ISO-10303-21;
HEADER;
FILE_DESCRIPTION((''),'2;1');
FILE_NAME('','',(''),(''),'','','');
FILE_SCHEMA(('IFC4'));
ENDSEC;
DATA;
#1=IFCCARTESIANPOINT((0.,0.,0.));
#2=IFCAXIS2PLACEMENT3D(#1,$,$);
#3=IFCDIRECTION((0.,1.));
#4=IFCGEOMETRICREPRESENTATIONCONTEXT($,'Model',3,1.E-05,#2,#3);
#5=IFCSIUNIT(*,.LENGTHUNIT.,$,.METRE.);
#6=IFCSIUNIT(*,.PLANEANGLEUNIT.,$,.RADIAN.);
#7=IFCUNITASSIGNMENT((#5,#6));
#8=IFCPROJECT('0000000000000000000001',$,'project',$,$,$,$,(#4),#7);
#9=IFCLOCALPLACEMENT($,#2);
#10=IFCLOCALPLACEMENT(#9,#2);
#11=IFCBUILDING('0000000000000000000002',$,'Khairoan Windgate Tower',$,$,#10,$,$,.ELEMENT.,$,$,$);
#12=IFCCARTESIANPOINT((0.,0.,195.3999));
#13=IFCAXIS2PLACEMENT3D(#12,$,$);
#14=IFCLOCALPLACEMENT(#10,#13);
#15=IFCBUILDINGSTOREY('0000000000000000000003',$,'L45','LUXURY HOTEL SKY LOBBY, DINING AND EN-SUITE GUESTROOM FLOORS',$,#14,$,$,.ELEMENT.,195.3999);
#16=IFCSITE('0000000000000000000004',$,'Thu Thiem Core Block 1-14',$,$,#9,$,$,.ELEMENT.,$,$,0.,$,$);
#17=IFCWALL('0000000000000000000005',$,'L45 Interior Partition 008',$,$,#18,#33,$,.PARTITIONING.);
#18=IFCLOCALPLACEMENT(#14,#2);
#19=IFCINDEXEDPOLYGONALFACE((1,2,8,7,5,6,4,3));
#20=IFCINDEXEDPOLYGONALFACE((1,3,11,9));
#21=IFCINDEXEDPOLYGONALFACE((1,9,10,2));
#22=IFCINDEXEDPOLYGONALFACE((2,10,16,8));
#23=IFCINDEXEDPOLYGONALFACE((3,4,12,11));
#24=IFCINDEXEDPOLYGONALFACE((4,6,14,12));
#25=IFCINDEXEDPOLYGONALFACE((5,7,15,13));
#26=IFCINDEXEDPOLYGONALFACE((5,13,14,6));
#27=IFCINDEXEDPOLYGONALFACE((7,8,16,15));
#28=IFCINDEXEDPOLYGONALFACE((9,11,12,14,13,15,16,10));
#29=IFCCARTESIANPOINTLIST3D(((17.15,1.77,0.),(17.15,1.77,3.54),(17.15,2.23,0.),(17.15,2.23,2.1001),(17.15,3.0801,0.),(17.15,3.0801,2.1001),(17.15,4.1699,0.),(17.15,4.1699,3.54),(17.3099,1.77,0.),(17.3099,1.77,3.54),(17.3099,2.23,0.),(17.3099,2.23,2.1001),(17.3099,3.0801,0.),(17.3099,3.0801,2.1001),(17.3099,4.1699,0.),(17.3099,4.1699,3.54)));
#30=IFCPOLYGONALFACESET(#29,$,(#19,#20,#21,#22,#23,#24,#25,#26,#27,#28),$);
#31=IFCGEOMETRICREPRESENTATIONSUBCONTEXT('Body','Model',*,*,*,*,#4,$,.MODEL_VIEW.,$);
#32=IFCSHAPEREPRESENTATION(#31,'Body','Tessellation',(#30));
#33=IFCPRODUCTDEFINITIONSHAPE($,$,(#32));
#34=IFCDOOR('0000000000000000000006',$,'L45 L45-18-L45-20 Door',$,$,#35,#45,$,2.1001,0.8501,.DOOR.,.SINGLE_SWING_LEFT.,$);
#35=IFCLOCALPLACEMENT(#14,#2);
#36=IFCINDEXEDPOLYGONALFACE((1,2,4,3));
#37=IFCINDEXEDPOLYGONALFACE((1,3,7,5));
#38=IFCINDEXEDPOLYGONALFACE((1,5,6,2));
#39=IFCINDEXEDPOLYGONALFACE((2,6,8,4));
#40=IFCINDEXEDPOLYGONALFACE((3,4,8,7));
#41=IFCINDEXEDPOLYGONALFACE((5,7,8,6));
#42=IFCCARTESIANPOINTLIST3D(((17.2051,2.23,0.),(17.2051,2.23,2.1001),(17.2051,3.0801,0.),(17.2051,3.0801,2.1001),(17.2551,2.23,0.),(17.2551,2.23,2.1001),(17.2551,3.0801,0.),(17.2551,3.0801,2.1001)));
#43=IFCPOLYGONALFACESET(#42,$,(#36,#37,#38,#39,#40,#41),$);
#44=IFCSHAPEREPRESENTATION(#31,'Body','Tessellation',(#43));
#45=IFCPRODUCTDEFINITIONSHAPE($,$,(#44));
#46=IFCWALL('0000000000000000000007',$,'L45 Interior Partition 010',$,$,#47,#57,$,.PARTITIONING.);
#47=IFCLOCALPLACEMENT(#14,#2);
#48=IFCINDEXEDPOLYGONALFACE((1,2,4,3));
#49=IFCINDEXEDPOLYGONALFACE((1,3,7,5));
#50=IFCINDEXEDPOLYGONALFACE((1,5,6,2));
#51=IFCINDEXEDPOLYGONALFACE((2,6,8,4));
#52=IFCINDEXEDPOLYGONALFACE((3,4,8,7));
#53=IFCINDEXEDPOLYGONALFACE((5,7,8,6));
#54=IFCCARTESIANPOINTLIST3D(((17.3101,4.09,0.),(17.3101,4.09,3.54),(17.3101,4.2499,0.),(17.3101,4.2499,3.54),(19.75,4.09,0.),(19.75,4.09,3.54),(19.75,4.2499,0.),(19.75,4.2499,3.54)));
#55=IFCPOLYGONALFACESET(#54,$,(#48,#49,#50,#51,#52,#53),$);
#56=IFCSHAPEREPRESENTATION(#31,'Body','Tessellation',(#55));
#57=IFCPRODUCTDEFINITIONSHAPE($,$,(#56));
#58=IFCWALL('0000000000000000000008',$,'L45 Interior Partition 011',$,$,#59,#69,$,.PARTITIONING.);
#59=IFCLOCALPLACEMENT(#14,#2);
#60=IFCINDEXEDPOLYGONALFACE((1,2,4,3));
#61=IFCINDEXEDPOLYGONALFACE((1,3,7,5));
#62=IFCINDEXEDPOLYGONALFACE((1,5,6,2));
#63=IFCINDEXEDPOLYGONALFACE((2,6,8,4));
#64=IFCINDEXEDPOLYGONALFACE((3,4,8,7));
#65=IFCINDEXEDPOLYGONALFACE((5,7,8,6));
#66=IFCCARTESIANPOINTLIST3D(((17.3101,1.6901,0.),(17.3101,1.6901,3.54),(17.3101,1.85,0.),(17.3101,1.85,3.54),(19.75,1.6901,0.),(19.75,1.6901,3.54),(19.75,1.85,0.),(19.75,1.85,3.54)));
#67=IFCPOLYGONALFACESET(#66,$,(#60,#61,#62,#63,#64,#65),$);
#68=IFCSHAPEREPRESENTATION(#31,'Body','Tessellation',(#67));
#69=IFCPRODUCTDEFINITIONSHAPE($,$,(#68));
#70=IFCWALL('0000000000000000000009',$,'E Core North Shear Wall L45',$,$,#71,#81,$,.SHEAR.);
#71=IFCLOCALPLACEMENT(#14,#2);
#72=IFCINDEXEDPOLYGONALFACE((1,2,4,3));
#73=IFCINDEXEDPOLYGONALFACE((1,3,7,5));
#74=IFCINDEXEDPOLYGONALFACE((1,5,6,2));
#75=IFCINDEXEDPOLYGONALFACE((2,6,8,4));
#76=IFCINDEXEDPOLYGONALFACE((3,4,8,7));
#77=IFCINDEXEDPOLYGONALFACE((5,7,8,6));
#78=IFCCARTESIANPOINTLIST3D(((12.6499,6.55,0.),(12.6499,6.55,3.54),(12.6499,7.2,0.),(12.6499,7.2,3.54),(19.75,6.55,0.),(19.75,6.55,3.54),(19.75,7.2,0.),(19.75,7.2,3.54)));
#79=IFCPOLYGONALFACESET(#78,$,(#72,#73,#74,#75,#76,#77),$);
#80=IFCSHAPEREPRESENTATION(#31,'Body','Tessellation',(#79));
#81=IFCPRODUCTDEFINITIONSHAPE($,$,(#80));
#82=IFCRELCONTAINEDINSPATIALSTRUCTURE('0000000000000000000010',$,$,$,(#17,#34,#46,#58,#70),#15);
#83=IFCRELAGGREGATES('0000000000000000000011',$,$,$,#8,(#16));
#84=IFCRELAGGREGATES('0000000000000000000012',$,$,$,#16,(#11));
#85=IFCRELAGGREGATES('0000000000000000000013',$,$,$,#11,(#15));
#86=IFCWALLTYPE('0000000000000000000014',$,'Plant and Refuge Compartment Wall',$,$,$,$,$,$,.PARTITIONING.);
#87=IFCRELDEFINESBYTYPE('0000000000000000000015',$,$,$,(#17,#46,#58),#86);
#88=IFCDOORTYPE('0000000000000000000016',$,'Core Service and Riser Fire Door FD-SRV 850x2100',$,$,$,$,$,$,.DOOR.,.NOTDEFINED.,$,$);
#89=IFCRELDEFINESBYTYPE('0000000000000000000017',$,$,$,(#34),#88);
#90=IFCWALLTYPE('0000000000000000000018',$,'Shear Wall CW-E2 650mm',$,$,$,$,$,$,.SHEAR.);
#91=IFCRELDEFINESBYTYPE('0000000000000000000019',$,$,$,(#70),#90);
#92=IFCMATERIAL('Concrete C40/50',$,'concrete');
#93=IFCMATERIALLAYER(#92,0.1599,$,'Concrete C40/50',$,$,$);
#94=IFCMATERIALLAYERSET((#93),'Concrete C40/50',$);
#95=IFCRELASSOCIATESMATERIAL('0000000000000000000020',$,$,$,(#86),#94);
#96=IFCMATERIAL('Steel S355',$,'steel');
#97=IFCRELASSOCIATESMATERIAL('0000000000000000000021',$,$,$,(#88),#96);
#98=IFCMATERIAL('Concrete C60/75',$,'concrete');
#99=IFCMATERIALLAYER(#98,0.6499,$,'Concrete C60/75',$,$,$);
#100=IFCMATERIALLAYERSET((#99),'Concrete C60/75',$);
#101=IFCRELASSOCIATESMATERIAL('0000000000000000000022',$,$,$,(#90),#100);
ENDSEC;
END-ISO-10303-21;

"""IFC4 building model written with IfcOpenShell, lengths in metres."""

from ifc_helpers import new_model, si_unit, direction, frame, frame_2d, origin, place, context, subcontext, project, spatial, rectangle, extrude, material, layer, layer_set, type_object, element, fill, save


model = new_model("IFC4")

# Units and contexts
model_context = context("Model", 3, precision=1e-05, world=origin(), true_north=direction((0.0, 1.0)))
body_context = subcontext(model_context, "Body", "Model", "MODEL_VIEW")
ifc_project = project(units=[si_unit("LENGTHUNIT", "METRE"), si_unit("PLANEANGLEUNIT", "RADIAN")], contexts=[model_context])

# Site, building, storey
site_placement = place(None, origin())
site = spatial("IfcSite", under=ifc_project, at=site_placement, Name="Thu Thiem Core Block 1-14", CompositionType="ELEMENT", RefElevation=0.0)
building_placement = place(site_placement, origin())
building = spatial("IfcBuilding", under=site, at=building_placement, Name="Khairoan Windgate Tower", CompositionType="ELEMENT")
storey_placement = place(building_placement, frame((0.0, 0.0, 195.3999)))
storey = spatial("IfcBuildingStorey", under=building, at=storey_placement, Name="L45", Description="LUXURY HOTEL SKY LOBBY, DINING AND EN-SUITE GUESTROOM FLOORS", CompositionType="ELEMENT", Elevation=195.3999)

# Wall, opening, door
ifc_material_1 = material(Name="Concrete C40/50", Category="concrete")
ifc_layer_1 = layer(ifc_material_1, 0.1599, Name="Concrete C40/50")
ifc_layer_set_1 = layer_set([ifc_layer_1], Name="Concrete C40/50")
wall_type_1 = type_object("IfcWallType", Name="Plant and Refuge Compartment Wall", PredefinedType="PARTITIONING", material=ifc_layer_set_1)
ifc_material_2 = material(Name="Steel S355", Category="steel")
door_type = type_object("IfcDoorType", Name="Core Service and Riser Fire Door FD-SRV 850x2100", OperationType="NOTDEFINED", PredefinedType="DOOR", material=ifc_material_2)
wall_1_placement = place(storey_placement, frame((17.23, 1.77, 0.0), z_axis=(0.0, 0.0, 1.0), x_axis=(0.0, 1.0, 0.0)))
wall_1 = element("IfcWall", 1, at=wall_1_placement, inside=storey, type_object=wall_type_1, Name="L45 Interior Partition 008", PredefinedType="PARTITIONING", context=body_context, shape_type="SweptSolid", body=[
    extrude(rectangle(XDim=2.3999, YDim=0.1599, at=frame_2d((1.2, 0.0))), origin(), (0.0, 0.0, 1.0), 3.54),
])
opening_1_placement = place(wall_1_placement, frame((0.46, 0.0, 0.0)))
opening_1 = element("IfcOpeningElement", 2, at=opening_1_placement, cuts=wall_1, PredefinedType="OPENING", context=body_context, shape_type="SweptSolid", body=[
    extrude(rectangle(XDim=0.8501, YDim=2.1001, at=frame_2d((0.425, 1.05))), frame((0.0, 0.0898, 0.0), z_axis=(0.0, -1.0, 0.0), x_axis=(1.0, 0.0, 0.0)), (0.0, 0.0, 1.0), 0.1799),
])
door_1_placement = place(opening_1_placement, origin())
door_1 = element("IfcDoor", 3, at=door_1_placement, inside=storey, type_object=door_type, Name="L45 L45-18-L45-20 Door", OperationType="SINGLE_SWING_LEFT", OverallHeight=2.1001, OverallWidth=0.8501, PredefinedType="DOOR", context=body_context, shape_type="SweptSolid", body=[
    extrude(rectangle(XDim=0.8501, YDim=2.1001, at=frame_2d((0.425, 1.05))), frame((0.0, 0.0249, 0.0), z_axis=(0.0, -1.0, 0.0), x_axis=(1.0, 0.0, 0.0)), (0.0, 0.0, 1.0), 0.05),
])
fill(opening_1, door_1)

# Walls
for number, where, z_axis, x_axis, name in (
    (4, (17.3101, 4.1699, 0.0), (0.0, 0.0, 1.0), (1.0, 0.0, 0.0), "L45 Interior Partition 010"),
    (5, (17.3101, 1.77, 0.0), (0.0, 0.0, 1.0), (1.0, 0.0, 0.0), "L45 Interior Partition 011"),
):
    element("IfcWall", number, at=place(storey_placement, frame(where, z_axis=z_axis, x_axis=x_axis)), inside=storey, type_object=wall_type_1, Name=name, PredefinedType="PARTITIONING", context=body_context, shape_type="SweptSolid", body=[
        extrude(rectangle(XDim=2.4399, YDim=0.1599, at=frame_2d((1.22, 0.0))), origin(), (0.0, 0.0, 1.0), 3.54),
    ])
ifc_material_3 = material(Name="Concrete C60/75", Category="concrete")
ifc_layer_2 = layer(ifc_material_3, 0.6499, Name="Concrete C60/75")
ifc_layer_set_2 = layer_set([ifc_layer_2], Name="Concrete C60/75")
wall_type_2 = type_object("IfcWallType", Name="Shear Wall CW-E2 650mm", PredefinedType="SHEAR", material=ifc_layer_set_2)
wall_2_placement = place(storey_placement, frame((12.6499, 6.875, 0.0), z_axis=(0.0, 0.0, 1.0), x_axis=(1.0, 0.0, 0.0)))
element("IfcWall", 6, at=wall_2_placement, inside=storey, type_object=wall_type_2, Name="E Core North Shear Wall L45", PredefinedType="SHEAR", context=body_context, shape_type="SweptSolid", body=[
    extrude(rectangle(XDim=7.1001, YDim=0.6499, at=frame_2d((3.55, 0.0))), origin(), (0.0, 0.0, 1.0), 3.54),
])

save(model, "model.ifc")
